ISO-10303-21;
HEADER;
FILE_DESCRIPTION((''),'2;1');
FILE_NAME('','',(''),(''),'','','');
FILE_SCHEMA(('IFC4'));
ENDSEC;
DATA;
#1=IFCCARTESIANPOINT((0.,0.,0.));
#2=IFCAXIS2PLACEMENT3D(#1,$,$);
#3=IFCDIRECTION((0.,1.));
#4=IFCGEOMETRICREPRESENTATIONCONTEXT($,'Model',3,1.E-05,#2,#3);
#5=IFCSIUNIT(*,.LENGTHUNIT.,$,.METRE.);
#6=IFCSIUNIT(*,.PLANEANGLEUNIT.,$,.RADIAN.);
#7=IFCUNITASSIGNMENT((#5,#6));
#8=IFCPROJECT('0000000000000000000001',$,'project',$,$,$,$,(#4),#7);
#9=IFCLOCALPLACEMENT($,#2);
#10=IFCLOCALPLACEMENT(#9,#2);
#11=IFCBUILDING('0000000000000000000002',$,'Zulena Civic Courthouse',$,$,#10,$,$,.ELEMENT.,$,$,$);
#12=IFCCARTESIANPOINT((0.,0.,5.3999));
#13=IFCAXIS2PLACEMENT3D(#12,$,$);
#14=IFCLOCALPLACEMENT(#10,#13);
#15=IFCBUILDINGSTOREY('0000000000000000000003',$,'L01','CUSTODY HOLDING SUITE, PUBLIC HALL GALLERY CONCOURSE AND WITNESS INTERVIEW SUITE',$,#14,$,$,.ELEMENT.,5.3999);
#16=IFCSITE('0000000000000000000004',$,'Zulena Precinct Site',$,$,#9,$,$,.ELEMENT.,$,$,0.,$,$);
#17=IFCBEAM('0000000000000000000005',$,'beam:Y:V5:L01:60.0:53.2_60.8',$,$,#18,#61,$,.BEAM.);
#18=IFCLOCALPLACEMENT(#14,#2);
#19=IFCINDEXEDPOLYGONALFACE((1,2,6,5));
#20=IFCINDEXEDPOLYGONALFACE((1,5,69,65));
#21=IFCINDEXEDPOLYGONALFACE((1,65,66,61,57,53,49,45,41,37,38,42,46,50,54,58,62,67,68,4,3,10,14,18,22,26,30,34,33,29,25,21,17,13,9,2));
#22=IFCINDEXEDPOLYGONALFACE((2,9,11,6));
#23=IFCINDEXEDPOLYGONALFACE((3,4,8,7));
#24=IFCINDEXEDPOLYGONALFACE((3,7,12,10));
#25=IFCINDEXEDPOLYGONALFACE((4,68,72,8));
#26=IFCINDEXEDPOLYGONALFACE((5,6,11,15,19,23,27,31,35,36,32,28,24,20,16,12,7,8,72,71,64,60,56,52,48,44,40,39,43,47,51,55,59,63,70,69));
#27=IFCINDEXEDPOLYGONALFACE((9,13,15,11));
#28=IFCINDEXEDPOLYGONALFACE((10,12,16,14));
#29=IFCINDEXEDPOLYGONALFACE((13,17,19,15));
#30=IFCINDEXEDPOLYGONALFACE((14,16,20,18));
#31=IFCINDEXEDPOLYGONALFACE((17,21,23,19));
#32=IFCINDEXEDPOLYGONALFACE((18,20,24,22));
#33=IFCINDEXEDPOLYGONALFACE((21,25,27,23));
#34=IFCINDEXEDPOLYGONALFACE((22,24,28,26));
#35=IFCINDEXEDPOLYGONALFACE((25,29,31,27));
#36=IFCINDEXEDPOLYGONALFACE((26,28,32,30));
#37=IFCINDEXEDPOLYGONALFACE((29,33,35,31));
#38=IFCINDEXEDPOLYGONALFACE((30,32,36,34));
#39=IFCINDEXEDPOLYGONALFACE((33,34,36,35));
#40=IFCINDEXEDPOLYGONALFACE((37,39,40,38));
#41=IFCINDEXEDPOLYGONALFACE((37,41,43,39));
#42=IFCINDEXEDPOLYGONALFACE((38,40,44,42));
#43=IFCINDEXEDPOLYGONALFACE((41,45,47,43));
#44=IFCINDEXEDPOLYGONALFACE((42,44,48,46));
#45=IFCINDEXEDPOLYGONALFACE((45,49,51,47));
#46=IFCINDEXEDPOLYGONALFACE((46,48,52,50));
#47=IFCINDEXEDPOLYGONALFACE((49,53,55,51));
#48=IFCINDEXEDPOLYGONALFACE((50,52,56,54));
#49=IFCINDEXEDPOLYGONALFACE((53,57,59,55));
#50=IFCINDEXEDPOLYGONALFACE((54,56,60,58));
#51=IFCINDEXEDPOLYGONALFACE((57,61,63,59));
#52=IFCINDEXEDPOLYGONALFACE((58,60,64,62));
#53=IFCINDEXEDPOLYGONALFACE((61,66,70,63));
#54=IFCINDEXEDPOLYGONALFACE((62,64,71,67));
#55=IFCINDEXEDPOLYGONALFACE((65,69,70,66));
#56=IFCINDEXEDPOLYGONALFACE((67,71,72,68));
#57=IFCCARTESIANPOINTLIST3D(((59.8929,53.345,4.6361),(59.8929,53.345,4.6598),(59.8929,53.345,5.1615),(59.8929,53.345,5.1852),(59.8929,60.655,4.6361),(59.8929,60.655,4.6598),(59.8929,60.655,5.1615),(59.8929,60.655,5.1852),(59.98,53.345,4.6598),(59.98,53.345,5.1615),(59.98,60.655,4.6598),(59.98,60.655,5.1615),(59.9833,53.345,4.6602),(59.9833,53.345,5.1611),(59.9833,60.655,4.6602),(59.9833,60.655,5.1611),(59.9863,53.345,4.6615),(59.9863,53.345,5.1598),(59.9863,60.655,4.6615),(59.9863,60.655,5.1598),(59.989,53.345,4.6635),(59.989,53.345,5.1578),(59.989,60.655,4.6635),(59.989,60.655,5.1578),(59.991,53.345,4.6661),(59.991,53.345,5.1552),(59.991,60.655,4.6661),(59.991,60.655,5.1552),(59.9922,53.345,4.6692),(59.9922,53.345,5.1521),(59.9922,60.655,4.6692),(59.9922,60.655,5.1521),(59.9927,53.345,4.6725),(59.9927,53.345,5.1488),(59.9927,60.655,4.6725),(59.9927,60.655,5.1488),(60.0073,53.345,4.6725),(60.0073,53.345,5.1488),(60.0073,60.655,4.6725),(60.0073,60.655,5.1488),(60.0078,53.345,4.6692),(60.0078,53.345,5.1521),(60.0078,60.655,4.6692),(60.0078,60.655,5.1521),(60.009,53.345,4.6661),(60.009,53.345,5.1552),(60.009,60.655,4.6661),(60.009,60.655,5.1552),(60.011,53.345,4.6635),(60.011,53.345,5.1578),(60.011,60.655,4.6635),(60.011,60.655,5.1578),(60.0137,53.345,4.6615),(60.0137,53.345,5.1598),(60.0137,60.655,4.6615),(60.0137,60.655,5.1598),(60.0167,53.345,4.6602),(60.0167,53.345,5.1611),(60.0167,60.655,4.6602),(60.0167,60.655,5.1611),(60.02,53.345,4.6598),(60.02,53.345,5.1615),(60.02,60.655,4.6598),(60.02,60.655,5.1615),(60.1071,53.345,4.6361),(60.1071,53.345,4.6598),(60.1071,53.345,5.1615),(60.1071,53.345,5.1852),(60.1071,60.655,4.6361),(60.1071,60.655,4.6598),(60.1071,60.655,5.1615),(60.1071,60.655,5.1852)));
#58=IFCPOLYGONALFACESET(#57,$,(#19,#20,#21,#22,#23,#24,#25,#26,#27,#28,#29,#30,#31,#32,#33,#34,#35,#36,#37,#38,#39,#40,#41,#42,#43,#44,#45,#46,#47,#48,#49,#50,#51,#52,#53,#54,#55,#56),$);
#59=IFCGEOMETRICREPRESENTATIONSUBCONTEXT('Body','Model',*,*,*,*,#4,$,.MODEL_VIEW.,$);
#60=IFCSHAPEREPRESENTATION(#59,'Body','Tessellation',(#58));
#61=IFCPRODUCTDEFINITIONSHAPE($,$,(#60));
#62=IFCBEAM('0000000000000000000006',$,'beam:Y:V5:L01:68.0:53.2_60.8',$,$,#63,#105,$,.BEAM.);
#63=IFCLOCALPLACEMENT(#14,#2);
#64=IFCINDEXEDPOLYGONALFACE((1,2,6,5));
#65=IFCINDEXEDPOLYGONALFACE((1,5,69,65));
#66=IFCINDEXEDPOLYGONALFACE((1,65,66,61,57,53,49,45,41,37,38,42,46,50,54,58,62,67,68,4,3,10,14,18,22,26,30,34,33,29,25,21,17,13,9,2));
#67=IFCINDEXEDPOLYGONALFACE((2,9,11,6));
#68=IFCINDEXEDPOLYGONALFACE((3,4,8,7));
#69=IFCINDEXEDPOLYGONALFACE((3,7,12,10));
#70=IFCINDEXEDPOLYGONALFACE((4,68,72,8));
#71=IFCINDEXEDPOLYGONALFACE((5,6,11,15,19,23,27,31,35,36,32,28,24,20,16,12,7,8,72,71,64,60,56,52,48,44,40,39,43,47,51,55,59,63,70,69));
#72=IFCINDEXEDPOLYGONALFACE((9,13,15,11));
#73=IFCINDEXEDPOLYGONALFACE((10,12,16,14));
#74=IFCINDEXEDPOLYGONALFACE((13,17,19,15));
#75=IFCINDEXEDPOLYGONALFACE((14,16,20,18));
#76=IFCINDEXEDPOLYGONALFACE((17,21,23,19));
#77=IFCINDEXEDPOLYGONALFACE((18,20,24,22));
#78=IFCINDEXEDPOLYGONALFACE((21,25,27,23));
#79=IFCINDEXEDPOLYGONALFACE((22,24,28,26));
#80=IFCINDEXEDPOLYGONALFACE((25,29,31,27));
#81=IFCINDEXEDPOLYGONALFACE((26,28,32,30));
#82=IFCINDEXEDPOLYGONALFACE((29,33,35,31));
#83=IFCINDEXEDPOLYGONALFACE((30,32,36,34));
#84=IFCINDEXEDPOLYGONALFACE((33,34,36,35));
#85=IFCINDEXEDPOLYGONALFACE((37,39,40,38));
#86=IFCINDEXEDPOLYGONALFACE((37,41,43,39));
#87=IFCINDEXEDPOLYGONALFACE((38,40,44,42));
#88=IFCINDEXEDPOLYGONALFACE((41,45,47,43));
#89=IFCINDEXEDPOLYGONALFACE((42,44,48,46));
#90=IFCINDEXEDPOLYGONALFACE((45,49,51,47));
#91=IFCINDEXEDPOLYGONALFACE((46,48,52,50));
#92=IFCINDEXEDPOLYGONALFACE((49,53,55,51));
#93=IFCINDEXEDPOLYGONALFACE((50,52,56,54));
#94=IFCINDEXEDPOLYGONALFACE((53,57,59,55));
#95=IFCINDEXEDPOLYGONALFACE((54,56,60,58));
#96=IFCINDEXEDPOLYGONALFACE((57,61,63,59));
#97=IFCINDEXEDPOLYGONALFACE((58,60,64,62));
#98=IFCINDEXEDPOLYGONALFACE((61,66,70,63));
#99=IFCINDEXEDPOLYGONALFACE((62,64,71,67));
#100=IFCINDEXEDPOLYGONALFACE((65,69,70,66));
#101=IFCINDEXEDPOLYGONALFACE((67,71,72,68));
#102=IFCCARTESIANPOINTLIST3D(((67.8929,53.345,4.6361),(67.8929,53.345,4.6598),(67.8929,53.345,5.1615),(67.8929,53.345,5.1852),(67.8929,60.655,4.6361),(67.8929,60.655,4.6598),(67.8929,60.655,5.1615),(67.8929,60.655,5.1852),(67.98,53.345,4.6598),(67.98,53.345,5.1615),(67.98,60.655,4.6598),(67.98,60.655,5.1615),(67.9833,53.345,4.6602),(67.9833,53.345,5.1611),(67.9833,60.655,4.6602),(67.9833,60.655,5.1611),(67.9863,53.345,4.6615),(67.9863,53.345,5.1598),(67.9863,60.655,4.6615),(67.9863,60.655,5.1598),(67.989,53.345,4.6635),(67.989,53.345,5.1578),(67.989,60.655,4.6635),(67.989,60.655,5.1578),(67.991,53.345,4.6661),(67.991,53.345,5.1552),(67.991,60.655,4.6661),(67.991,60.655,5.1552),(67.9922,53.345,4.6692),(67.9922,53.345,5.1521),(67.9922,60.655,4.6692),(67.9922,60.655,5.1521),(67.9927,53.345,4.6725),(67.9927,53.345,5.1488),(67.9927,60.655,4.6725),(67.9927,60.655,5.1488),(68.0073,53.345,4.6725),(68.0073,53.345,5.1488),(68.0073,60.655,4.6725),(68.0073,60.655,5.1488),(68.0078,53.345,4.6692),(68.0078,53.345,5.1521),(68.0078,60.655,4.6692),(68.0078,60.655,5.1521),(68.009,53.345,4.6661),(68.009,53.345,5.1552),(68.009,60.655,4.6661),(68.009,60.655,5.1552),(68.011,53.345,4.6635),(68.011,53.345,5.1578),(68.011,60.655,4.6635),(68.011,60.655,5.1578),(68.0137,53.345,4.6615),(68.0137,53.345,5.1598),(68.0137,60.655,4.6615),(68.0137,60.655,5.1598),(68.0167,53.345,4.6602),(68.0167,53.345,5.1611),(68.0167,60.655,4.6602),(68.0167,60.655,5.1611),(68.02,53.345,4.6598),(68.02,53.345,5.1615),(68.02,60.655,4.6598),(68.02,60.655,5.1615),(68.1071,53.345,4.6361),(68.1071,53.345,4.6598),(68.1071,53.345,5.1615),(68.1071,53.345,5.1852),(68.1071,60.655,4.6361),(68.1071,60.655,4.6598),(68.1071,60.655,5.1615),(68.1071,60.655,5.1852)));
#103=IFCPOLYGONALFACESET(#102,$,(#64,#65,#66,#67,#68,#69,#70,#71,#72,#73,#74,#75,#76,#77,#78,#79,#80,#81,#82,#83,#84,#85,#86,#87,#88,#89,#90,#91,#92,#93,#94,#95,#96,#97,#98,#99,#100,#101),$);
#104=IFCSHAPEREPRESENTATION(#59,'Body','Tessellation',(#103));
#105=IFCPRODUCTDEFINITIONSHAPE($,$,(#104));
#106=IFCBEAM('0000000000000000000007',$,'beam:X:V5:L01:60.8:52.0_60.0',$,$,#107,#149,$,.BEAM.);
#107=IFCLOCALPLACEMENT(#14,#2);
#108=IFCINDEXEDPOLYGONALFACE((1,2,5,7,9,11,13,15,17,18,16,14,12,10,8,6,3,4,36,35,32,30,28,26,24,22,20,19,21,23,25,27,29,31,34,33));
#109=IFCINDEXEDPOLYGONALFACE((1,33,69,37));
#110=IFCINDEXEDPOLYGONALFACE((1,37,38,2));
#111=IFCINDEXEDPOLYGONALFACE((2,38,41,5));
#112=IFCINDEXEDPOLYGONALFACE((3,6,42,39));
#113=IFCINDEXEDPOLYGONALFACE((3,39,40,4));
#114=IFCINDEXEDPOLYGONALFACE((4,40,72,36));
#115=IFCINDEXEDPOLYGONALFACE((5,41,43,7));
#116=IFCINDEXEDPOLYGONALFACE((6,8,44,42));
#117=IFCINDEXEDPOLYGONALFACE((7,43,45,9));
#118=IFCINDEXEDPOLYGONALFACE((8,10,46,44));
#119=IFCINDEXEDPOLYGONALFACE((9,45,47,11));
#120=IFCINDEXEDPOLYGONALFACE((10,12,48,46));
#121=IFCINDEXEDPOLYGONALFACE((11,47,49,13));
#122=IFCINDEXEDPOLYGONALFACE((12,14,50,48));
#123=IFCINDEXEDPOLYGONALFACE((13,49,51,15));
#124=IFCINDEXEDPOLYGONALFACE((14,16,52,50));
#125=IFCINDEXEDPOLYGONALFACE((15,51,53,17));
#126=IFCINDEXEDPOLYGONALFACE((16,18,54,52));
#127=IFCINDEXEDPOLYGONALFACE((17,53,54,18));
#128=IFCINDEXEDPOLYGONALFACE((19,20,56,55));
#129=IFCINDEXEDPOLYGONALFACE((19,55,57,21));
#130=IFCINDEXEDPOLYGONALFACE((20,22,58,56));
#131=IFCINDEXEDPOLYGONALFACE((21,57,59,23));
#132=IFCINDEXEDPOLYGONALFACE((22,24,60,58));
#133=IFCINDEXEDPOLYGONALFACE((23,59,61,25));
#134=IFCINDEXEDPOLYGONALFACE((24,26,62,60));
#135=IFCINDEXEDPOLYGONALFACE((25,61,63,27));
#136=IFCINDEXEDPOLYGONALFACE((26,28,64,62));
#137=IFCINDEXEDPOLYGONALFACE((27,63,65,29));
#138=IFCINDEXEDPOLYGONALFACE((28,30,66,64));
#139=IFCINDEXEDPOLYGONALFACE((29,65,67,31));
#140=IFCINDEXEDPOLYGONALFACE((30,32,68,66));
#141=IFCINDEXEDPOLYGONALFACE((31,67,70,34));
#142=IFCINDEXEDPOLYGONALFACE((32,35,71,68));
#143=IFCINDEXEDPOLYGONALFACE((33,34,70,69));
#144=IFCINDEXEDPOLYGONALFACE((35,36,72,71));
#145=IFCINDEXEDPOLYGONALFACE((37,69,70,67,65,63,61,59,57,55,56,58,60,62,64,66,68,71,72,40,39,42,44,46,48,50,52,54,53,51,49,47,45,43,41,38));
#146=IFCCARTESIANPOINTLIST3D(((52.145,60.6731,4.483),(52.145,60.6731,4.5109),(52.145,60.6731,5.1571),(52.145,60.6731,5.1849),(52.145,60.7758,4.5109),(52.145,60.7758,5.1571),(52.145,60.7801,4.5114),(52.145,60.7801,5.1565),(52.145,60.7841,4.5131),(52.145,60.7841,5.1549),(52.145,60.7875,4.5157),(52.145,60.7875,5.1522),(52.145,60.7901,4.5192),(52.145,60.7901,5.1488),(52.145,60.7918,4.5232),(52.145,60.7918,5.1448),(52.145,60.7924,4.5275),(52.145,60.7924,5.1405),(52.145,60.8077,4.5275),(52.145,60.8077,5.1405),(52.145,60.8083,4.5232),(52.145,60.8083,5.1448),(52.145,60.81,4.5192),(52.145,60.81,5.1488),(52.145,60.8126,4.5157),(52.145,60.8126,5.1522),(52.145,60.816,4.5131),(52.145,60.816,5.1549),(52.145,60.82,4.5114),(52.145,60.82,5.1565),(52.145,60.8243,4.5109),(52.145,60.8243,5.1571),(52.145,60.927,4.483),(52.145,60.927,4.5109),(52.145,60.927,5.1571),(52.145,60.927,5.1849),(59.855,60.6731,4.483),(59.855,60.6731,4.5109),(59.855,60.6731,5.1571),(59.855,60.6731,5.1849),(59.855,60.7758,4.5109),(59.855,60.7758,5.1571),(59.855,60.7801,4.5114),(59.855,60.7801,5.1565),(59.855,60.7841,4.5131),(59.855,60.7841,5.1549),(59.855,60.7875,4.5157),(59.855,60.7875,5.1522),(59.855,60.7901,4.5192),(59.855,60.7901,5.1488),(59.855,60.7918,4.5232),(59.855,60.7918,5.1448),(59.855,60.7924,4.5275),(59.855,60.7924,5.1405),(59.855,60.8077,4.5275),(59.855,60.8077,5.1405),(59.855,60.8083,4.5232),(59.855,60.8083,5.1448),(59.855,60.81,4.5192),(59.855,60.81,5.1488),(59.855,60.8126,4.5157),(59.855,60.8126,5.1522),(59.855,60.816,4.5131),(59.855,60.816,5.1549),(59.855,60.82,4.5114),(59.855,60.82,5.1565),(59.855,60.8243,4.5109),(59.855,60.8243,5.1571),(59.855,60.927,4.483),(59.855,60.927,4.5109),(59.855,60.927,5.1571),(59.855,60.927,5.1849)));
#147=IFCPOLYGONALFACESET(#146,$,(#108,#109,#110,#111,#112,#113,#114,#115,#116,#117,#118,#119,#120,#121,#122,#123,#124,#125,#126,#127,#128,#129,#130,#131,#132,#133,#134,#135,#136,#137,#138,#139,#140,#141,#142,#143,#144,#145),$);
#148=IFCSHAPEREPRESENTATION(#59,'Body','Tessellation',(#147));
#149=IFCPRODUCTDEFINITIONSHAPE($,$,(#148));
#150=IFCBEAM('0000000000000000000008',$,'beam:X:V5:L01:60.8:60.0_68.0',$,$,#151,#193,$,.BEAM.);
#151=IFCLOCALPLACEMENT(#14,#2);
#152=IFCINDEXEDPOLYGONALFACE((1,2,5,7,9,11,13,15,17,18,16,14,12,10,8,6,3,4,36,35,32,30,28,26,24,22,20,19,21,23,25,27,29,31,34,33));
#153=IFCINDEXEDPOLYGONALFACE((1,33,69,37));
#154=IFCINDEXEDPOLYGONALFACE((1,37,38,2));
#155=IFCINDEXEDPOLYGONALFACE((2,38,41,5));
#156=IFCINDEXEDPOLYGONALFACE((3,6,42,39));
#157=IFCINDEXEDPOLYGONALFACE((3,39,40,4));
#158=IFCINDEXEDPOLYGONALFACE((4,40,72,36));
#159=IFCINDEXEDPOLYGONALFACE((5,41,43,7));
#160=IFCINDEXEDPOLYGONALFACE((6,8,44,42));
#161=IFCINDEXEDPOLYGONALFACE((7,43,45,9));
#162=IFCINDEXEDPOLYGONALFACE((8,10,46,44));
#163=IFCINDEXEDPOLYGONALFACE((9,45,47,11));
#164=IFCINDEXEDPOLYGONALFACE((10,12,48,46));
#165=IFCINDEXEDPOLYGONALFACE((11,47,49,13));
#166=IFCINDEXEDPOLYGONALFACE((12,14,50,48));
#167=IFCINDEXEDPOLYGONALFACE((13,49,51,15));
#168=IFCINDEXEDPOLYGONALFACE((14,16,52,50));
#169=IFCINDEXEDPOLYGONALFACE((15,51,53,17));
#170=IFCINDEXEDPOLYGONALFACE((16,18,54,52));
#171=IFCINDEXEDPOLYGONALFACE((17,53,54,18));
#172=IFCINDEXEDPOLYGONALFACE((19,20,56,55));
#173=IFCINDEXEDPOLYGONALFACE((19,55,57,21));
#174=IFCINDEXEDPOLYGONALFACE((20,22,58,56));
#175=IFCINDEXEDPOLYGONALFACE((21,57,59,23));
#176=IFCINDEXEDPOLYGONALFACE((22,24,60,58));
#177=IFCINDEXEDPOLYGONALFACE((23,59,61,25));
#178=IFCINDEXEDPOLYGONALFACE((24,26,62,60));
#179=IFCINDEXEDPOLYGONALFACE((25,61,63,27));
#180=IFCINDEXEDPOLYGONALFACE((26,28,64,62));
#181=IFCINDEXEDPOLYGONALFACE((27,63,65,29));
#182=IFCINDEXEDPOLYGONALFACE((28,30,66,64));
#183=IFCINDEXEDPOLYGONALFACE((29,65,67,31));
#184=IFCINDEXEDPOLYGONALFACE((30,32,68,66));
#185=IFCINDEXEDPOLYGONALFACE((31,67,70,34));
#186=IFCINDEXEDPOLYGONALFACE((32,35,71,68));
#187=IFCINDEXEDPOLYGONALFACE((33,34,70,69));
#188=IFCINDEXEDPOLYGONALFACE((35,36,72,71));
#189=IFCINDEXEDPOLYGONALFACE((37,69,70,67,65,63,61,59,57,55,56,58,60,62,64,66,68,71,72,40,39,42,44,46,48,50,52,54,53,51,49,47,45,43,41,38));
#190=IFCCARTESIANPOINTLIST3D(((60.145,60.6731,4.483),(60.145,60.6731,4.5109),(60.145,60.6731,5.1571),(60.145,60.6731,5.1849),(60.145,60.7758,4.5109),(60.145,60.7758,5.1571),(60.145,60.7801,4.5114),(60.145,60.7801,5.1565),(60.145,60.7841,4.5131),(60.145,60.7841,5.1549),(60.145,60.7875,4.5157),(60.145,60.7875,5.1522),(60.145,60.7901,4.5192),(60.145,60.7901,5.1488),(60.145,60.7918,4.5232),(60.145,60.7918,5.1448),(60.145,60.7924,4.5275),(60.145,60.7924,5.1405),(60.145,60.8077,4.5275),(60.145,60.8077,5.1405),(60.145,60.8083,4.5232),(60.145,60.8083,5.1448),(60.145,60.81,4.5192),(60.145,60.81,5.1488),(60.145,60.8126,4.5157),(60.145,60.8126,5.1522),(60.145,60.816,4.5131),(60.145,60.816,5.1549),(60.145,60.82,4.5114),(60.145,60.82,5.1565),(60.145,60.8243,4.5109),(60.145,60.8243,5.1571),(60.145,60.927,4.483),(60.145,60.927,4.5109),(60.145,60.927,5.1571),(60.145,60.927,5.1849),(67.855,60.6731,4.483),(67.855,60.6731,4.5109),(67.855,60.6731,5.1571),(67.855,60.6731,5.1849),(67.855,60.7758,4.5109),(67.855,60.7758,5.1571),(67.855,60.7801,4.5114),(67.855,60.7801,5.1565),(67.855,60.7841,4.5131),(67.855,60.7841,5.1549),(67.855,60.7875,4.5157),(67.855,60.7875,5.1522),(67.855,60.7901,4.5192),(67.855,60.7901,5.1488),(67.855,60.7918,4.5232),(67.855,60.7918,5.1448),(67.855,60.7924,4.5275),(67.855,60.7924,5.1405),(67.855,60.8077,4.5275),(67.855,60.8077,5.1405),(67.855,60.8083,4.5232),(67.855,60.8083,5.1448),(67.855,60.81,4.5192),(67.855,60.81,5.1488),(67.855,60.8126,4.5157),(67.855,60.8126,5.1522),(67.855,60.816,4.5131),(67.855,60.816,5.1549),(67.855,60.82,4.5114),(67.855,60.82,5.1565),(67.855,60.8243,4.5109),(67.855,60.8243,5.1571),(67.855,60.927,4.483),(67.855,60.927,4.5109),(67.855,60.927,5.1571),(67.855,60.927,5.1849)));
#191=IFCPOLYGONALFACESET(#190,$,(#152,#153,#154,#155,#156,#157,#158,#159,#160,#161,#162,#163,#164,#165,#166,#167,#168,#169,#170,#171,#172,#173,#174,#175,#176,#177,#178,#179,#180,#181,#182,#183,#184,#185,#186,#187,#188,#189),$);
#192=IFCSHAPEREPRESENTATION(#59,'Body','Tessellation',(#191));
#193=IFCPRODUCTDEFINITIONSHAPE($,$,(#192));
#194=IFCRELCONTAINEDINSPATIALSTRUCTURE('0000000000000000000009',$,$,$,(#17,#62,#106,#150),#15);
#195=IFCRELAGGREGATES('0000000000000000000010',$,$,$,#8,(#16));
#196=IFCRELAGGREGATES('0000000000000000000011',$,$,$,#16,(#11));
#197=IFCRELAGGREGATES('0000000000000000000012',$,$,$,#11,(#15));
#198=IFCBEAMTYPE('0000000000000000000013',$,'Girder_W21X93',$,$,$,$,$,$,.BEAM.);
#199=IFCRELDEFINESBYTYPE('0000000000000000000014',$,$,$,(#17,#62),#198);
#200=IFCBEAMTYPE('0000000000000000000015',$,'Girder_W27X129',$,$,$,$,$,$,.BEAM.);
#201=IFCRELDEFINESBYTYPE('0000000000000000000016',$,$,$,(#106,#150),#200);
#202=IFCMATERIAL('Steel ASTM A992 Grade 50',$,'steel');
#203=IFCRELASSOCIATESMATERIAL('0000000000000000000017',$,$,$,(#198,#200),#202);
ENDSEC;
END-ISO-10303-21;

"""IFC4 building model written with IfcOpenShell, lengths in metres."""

from ifc_helpers import new_model, si_unit, direction, frame, origin, origin_2d, place, context, subcontext, project, spatial, i_section, extrude, material, material_profile, profile_set, type_object, element, save


model = new_model("IFC4")

# Units and contexts
model_context = context("Model", 3, precision=1e-05, world=origin(), true_north=direction((0.0, 1.0)))
body_context = subcontext(model_context, "Body", "Model", "MODEL_VIEW")
ifc_project = project(units=[si_unit("LENGTHUNIT", "METRE"), si_unit("PLANEANGLEUNIT", "RADIAN")], contexts=[model_context])

# Site, building, storey
site_placement = place(None, origin())
site = spatial("IfcSite", under=ifc_project, at=site_placement, Name="Zulena Precinct Site", CompositionType="ELEMENT", RefElevation=0.0)
building_placement = place(site_placement, origin())
building = spatial("IfcBuilding", under=site, at=building_placement, Name="Zulena Civic Courthouse", CompositionType="ELEMENT")
storey_placement = place(building_placement, frame((0.0, 0.0, 5.3999)))
storey = spatial("IfcBuildingStorey", under=building, at=storey_placement, Name="L01", Description="CUSTODY HOLDING SUITE, PUBLIC HALL GALLERY CONCOURSE AND WITNESS INTERVIEW SUITE", CompositionType="ELEMENT", Elevation=5.3999)

# Shared definitions
ifc_material_1 = material(Name="Steel ASTM A992 Grade 50", Category="steel")

# Beams
ifc_material_profile_1 = material_profile(ifc_material_1, i_section(OverallWidth=0.2141, OverallDepth=0.5491, WebThickness=0.0146, FlangeThickness=0.0237, FilletRadius=0.0127, at=origin_2d()), Name="W21X93")
ifc_profile_set_1 = profile_set([ifc_material_profile_1], Name="Steel ASTM A992 Grade 50")
beam_type_1 = type_object("IfcBeamType", Name="Girder_W21X93", PredefinedType="BEAM", material=ifc_profile_set_1)
for number, where, z_axis, x_axis, name in (
    (1, (60.0, 53.345, 4.9106), (0.0, 1.0, 0.0), (-1.0, 0.0, 0.0), "beam:Y:V5:L01:60.0:53.2_60.8"),
    (2, (68.0, 53.345, 4.9106), (0.0, 1.0, 0.0), (-1.0, 0.0, 0.0), "beam:Y:V5:L01:68.0:53.2_60.8"),
):
    element("IfcBeam", number, at=place(storey_placement, frame(where, z_axis=z_axis, x_axis=x_axis)), inside=storey, type_object=beam_type_1, Name=name, PredefinedType="BEAM", context=body_context, shape_type="SweptSolid", body=[
        extrude(i_section(OverallWidth=0.2141, OverallDepth=0.5491, WebThickness=0.0146, FlangeThickness=0.0237, FilletRadius=0.0127, at=origin_2d()), origin(), (0.0, 0.0, 1.0), 7.3101),
    ])
ifc_material_profile_2 = material_profile(ifc_material_1, i_section(OverallWidth=0.2539, OverallDepth=0.7019, WebThickness=0.0154, FlangeThickness=0.0278, FilletRadius=0.0166, at=origin_2d()), Name="W27X129")
ifc_profile_set_2 = profile_set([ifc_material_profile_2], Name="Steel ASTM A992 Grade 50")
beam_type_2 = type_object("IfcBeamType", Name="Girder_W27X129", PredefinedType="BEAM", material=ifc_profile_set_2)
for number, where, z_axis, x_axis, name in (
    (3, (52.145, 60.8, 4.834), (1.0, 0.0, 0.0), (0.0, 1.0, 0.0), "beam:X:V5:L01:60.8:52.0_60.0"),
    (4, (60.145, 60.8, 4.834), (1.0, 0.0, 0.0), (0.0, 1.0, 0.0), "beam:X:V5:L01:60.8:60.0_68.0"),
):
    element("IfcBeam", number, at=place(storey_placement, frame(where, z_axis=z_axis, x_axis=x_axis)), inside=storey, type_object=beam_type_2, Name=name, PredefinedType="BEAM", context=body_context, shape_type="SweptSolid", body=[
        extrude(i_section(OverallWidth=0.2539, OverallDepth=0.7019, WebThickness=0.0154, FlangeThickness=0.0278, FilletRadius=0.0166, at=origin_2d()), origin(), (0.0, 0.0, 1.0), 7.71),
    ])

save(model, "model.ifc")
